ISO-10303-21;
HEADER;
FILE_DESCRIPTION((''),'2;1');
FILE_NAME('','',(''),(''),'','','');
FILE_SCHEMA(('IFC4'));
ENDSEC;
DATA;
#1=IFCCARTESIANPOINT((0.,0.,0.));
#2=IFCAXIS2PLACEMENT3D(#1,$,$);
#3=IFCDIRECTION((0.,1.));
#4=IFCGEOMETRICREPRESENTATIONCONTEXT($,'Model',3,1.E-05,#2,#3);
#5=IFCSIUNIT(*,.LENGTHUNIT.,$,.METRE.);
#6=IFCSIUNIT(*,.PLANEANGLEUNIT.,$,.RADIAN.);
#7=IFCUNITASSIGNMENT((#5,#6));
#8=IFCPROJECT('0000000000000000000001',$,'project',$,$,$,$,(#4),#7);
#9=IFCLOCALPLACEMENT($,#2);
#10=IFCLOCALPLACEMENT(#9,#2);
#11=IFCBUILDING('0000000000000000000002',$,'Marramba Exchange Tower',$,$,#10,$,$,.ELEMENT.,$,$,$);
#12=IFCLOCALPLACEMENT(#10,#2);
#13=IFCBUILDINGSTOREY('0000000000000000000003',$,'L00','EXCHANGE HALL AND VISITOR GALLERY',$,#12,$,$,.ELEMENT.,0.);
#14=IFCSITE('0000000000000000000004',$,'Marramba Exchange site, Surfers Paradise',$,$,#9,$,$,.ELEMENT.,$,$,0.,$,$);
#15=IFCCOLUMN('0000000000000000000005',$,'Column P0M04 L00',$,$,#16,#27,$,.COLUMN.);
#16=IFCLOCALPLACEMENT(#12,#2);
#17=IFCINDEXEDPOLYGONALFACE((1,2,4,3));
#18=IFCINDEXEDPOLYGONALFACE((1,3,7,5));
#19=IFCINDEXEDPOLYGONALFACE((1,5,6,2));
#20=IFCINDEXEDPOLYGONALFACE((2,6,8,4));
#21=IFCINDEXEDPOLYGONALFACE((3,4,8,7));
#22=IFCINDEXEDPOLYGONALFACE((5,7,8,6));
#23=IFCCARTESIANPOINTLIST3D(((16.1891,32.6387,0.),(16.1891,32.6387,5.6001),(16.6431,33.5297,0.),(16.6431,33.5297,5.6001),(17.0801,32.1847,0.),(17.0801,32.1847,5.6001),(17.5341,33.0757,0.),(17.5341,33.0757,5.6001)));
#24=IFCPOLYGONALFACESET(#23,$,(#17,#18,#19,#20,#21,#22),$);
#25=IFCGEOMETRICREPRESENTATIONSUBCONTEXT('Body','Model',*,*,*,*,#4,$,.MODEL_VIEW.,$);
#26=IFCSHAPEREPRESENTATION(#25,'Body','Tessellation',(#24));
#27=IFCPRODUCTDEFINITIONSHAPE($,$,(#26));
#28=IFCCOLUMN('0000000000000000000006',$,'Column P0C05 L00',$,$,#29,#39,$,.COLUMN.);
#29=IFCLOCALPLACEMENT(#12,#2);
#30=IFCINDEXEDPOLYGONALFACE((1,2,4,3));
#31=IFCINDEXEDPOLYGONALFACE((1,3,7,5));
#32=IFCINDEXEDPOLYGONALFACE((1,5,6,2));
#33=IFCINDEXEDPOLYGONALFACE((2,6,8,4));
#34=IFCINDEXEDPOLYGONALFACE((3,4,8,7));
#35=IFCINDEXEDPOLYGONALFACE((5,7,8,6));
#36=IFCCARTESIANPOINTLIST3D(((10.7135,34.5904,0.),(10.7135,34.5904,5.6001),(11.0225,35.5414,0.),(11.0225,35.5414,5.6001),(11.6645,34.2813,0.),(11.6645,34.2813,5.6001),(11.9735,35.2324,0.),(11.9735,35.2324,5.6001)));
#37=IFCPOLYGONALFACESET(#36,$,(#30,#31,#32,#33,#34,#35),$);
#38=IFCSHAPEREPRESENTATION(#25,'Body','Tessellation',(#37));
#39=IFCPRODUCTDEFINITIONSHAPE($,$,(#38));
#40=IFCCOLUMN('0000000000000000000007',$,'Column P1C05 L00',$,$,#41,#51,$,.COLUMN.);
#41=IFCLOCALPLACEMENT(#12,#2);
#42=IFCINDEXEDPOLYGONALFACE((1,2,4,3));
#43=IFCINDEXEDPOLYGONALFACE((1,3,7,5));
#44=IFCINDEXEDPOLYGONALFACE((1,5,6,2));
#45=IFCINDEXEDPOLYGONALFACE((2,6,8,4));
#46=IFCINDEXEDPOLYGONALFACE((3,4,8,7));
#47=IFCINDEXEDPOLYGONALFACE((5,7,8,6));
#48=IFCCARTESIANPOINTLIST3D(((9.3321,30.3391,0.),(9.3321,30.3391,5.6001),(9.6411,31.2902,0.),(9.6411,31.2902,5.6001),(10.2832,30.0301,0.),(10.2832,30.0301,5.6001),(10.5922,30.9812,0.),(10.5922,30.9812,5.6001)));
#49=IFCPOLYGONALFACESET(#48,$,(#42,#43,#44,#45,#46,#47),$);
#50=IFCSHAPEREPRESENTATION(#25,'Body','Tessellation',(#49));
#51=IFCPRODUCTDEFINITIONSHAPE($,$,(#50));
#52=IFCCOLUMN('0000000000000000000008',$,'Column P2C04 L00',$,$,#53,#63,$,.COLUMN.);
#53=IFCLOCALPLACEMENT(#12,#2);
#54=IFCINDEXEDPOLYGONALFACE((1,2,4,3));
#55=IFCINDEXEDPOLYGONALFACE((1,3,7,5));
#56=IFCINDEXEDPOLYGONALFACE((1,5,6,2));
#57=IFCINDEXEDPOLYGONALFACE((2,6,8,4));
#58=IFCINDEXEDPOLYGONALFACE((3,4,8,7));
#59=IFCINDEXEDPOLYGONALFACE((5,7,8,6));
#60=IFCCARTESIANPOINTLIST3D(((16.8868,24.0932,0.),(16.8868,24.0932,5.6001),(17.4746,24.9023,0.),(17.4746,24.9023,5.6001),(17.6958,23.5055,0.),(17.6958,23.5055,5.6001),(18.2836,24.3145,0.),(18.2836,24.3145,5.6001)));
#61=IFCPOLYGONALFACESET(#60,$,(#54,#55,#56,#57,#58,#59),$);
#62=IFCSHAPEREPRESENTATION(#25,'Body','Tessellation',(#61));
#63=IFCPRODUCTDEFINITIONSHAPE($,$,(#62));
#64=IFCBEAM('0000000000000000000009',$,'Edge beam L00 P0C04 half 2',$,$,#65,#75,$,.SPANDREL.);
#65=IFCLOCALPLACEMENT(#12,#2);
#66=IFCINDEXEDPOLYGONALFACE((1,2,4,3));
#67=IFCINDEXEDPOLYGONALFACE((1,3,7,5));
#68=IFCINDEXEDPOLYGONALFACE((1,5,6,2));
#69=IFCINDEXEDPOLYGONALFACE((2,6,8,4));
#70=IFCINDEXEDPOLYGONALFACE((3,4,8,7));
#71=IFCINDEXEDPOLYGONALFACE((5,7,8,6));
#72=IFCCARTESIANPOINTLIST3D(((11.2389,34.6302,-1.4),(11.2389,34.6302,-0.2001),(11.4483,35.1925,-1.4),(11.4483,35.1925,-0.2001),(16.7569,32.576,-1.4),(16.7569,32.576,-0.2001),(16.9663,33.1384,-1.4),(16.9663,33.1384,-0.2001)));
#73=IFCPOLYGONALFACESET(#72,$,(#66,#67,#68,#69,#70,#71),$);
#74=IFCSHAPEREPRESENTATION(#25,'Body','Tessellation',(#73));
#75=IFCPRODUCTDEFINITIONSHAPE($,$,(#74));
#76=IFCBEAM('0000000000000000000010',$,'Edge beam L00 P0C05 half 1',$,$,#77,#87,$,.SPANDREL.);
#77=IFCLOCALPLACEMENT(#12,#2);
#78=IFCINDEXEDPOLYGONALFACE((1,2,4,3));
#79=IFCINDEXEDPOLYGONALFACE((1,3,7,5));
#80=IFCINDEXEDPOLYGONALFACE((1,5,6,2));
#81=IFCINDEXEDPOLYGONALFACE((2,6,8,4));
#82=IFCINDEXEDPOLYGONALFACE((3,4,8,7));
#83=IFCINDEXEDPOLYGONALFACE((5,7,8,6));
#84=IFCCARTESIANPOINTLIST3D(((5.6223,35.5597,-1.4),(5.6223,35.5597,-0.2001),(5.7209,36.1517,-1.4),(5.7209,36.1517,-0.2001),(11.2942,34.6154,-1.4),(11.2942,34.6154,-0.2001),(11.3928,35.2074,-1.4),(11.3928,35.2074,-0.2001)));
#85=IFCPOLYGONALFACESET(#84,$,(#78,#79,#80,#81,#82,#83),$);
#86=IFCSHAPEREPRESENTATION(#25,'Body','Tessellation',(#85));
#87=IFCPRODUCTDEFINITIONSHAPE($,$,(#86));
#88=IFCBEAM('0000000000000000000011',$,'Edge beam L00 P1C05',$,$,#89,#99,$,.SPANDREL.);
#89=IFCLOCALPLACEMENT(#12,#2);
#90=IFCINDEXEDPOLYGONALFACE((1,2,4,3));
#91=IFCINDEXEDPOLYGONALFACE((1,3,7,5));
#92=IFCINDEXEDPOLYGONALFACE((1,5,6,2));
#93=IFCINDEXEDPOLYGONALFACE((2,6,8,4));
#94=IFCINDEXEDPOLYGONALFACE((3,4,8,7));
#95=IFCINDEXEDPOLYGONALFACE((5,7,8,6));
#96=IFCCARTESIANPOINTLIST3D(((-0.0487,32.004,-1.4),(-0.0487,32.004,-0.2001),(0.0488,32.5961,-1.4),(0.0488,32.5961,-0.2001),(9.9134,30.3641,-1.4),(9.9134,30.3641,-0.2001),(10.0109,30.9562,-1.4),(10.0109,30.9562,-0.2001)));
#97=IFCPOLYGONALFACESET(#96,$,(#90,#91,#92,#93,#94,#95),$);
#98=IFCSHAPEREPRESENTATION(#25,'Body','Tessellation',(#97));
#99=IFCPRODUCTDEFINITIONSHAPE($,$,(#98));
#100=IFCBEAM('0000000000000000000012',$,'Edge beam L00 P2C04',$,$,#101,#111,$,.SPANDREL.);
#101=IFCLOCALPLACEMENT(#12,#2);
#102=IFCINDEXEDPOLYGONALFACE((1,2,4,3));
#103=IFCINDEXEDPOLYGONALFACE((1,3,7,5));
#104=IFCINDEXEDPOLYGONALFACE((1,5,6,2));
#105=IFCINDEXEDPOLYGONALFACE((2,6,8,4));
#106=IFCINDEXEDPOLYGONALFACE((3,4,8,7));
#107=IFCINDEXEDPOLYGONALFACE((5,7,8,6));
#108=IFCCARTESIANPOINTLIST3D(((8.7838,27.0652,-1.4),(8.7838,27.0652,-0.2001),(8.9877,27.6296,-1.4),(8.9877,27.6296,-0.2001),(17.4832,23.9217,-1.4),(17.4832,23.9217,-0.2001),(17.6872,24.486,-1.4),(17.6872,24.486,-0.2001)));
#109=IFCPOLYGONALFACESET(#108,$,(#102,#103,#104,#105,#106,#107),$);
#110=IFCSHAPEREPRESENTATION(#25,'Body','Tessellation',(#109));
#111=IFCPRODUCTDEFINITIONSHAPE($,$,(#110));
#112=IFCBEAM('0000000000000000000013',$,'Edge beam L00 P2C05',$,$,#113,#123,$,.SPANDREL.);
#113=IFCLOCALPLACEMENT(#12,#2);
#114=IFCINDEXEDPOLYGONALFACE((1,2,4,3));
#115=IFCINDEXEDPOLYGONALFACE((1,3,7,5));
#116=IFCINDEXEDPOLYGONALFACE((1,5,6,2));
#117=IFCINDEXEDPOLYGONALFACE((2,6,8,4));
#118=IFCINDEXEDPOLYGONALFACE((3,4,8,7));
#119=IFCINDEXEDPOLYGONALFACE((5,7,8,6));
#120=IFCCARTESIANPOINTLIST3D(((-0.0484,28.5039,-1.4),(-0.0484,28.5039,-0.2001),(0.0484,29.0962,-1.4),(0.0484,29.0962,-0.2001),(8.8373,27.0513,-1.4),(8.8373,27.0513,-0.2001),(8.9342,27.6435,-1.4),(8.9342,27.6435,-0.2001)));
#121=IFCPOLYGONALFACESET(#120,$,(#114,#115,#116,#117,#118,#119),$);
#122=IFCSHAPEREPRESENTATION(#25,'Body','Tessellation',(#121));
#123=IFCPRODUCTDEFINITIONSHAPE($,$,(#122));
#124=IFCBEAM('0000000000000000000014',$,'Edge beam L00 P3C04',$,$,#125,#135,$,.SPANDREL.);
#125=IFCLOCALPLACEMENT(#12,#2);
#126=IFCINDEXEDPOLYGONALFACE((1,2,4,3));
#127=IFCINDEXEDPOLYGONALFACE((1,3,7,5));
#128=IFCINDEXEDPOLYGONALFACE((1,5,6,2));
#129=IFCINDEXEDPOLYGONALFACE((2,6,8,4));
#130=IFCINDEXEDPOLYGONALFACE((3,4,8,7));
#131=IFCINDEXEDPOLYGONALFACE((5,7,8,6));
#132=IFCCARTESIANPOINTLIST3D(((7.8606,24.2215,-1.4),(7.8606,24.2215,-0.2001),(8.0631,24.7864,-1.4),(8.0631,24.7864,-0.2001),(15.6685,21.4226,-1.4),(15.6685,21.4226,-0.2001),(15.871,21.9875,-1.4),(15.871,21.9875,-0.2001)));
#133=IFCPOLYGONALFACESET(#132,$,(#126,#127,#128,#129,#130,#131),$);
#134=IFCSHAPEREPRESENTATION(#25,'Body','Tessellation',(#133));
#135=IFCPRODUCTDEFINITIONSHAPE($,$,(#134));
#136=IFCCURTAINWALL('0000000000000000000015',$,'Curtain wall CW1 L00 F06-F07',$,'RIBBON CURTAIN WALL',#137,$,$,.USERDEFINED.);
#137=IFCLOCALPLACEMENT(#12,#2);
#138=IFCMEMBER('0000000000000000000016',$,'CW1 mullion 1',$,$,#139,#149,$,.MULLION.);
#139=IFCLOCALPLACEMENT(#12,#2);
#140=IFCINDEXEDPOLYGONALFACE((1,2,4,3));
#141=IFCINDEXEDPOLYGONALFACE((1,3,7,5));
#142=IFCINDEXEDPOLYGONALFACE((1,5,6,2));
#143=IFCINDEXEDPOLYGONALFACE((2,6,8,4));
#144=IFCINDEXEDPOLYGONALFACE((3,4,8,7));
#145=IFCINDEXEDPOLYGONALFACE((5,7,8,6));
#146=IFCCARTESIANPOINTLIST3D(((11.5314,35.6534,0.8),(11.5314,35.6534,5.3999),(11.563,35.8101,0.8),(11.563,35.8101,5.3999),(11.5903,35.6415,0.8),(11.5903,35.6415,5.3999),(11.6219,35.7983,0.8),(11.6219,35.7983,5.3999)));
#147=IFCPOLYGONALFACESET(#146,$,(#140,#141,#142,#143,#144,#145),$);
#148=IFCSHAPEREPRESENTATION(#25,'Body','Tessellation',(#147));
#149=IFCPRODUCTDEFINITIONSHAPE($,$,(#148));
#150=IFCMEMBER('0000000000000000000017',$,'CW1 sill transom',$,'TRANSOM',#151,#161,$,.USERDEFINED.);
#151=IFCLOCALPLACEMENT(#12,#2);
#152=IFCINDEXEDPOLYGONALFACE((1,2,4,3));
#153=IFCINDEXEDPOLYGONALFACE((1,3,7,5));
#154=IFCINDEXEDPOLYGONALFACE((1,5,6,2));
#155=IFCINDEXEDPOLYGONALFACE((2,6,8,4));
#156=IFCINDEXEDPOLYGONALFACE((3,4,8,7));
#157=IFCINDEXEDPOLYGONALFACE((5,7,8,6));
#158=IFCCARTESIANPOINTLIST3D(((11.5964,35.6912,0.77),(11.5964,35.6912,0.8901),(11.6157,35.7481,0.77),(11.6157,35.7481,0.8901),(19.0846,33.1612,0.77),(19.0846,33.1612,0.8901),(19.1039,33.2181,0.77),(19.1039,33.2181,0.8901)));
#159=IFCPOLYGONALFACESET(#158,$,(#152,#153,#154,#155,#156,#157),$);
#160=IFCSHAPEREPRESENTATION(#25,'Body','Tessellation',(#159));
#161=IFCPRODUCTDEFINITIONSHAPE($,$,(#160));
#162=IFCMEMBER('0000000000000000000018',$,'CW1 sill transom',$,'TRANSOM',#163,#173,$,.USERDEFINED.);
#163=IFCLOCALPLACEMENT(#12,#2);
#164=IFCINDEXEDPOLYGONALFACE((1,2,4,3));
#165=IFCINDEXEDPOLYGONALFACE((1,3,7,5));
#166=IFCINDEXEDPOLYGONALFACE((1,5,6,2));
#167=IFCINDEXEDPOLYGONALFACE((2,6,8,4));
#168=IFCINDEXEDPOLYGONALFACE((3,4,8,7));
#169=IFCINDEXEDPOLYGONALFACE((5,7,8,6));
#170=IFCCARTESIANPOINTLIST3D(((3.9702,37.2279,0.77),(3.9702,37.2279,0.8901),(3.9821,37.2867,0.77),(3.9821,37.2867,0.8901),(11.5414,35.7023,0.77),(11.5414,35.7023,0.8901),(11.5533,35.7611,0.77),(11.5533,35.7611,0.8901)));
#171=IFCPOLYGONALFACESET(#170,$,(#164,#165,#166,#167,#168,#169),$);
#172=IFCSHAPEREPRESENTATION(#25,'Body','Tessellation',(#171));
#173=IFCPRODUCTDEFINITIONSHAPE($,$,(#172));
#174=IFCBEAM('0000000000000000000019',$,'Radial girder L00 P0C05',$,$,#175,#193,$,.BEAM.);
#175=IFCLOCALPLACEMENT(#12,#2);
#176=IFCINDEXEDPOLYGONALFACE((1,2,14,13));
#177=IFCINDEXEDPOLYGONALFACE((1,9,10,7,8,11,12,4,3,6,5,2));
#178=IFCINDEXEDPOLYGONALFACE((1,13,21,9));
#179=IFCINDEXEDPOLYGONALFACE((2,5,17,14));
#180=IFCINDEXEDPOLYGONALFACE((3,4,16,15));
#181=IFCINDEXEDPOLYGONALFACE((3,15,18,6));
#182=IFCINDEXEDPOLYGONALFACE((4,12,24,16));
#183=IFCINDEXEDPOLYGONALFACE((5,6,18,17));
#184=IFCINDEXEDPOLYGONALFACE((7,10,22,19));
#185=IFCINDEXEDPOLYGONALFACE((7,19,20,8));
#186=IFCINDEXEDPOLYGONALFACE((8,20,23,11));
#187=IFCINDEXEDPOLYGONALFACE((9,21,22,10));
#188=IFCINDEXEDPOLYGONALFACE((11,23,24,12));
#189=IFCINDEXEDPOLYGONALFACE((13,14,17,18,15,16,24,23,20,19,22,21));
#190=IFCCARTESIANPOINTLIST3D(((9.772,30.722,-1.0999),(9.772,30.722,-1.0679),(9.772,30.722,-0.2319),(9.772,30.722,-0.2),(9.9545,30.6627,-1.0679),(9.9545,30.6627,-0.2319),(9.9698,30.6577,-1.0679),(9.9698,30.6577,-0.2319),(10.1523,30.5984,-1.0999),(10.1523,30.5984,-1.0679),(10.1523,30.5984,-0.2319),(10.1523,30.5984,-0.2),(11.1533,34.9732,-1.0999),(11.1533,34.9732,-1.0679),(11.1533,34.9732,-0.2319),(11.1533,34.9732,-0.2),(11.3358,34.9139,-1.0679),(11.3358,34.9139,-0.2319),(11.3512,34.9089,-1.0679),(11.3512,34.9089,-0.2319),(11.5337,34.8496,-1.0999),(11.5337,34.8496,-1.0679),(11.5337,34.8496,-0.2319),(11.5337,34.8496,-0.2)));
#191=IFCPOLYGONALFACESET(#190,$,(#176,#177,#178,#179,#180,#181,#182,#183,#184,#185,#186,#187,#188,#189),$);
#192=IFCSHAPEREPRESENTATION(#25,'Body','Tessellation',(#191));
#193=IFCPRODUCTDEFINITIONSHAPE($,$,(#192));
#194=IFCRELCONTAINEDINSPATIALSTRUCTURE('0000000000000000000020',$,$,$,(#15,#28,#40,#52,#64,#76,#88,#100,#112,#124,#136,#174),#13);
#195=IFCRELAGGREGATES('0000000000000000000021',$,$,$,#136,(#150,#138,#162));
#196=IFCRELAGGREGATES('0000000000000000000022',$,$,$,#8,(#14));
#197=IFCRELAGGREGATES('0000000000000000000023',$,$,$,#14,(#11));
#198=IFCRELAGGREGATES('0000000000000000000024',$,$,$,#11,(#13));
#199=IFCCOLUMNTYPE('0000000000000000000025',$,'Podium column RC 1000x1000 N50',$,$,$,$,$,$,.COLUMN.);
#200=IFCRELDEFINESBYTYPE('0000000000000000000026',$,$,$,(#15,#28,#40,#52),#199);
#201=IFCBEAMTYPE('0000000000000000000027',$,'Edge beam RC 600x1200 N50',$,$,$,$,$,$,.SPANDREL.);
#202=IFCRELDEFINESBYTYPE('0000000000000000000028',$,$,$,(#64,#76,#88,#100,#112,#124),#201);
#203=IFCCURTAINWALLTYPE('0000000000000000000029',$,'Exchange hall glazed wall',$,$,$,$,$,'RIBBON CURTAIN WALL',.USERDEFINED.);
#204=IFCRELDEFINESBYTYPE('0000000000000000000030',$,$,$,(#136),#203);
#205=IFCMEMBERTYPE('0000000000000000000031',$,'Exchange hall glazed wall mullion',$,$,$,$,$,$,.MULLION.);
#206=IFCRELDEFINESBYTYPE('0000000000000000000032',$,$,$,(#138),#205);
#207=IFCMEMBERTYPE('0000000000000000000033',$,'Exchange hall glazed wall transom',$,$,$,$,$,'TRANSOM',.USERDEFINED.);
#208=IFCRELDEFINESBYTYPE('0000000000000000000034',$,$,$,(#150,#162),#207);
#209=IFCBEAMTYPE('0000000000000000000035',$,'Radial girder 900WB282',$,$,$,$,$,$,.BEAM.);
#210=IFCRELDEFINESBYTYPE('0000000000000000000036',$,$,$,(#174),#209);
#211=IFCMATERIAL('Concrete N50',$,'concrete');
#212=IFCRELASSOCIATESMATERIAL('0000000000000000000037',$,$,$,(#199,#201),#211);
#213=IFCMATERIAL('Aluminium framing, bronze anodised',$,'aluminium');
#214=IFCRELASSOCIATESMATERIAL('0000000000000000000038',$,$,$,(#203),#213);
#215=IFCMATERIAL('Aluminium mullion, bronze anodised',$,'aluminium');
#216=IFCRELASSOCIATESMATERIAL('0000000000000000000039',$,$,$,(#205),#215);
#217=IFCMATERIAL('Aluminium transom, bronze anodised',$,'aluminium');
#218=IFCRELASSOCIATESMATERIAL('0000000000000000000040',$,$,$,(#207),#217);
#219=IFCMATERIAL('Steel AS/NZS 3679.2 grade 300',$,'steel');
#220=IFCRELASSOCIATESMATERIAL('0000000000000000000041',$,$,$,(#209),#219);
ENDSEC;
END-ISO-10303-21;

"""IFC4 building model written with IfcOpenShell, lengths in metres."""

from ifc_helpers import new_model, si_unit, direction, frame, origin, origin_2d, place, context, subcontext, project, spatial, rectangle, i_section, extrude, material, material_profile, profile_set, type_object, element, aggregate, save


model = new_model("IFC4")

# Units and contexts
model_context = context("Model", 3, precision=1e-05, world=origin(), true_north=direction((0.0, 1.0)))
body_context = subcontext(model_context, "Body", "Model", "MODEL_VIEW")
ifc_project = project(units=[si_unit("LENGTHUNIT", "METRE"), si_unit("PLANEANGLEUNIT", "RADIAN")], contexts=[model_context])

# Site, building, storey
site_placement = place(None, origin())
site = spatial("IfcSite", under=ifc_project, at=site_placement, Name="Marramba Exchange site, Surfers Paradise", CompositionType="ELEMENT", RefElevation=0.0)
building_placement = place(site_placement, origin())
building = spatial("IfcBuilding", under=site, at=building_placement, Name="Marramba Exchange Tower", CompositionType="ELEMENT")
storey_placement = place(building_placement, origin())
storey = spatial("IfcBuildingStorey", under=building, at=storey_placement, Name="L00", Description="EXCHANGE HALL AND VISITOR GALLERY", CompositionType="ELEMENT", Elevation=0.0)

# Columns
ifc_material_1 = material(Name="Concrete N50", Category="concrete")
ifc_material_profile_1 = material_profile(ifc_material_1, rectangle(XDim=1.0, YDim=1.0, at=origin_2d()), Name="RC 1000x1000")
ifc_profile_set_1 = profile_set([ifc_material_profile_1], Name="Concrete N50")
column_type = type_object("IfcColumnType", Name="Podium column RC 1000x1000 N50", PredefinedType="COLUMN", material=ifc_profile_set_1)
for number, where, z_axis, x_axis, name in (
    (1, (16.8616, 32.8572, 0.0), (0.0, 0.0, 1.0), (0.45399, 0.891007, 0.0), "Column P0M04 L00"),
    (2, (11.3435, 34.9114, 0.0), (0.0, 0.0, 1.0), (0.309017, 0.951057, 0.0), "Column P0C05 L00"),
    (3, (9.9622, 30.6602, 0.0), (0.0, 0.0, 1.0), (0.309017, 0.951057, 0.0), "Column P1C05 L00"),
    (4, (17.5852, 24.2039, 0.0), (0.0, 0.0, 1.0), (0.587785, 0.809017, 0.0), "Column P2C04 L00"),
):
    element("IfcColumn", number, at=place(storey_placement, frame(where, z_axis=z_axis, x_axis=x_axis)), inside=storey, type_object=column_type, Name=name, PredefinedType="COLUMN", context=body_context, shape_type="SweptSolid", body=[
        extrude(rectangle(XDim=1.0, YDim=1.0, at=origin_2d()), origin(), (0.0, 0.0, 1.0), 5.6001),
    ])

# Beams
ifc_material_profile_2 = material_profile(ifc_material_1, rectangle(XDim=0.6001, YDim=1.2, at=origin_2d()), Name="RC 600x1200")
ifc_profile_set_2 = profile_set([ifc_material_profile_2], Name="Concrete N50")
beam_type_1 = type_object("IfcBeamType", Name="Edge beam RC 600x1200 N50", PredefinedType="SPANDREL", material=ifc_profile_set_2)
beam_1_placement = place(storey_placement, frame((16.8616, 32.8572, -0.8), z_axis=(-0.937168, 0.348878, 0.0), x_axis=(-0.348878, -0.937168, 0.0)))
element("IfcBeam", 5, at=beam_1_placement, inside=storey, type_object=beam_type_1, Name="Edge beam L00 P0C04 half 2", PredefinedType="SPANDREL", context=body_context, shape_type="SweptSolid", body=[
    extrude(rectangle(XDim=0.6001, YDim=1.2, at=origin_2d()), origin(), (0.0, 0.0, 1.0), 5.8879),
])
beam_2_placement = place(storey_placement, frame((11.3435, 34.9114, -0.8), z_axis=(-0.986421, 0.164234, 0.0), x_axis=(-0.164234, -0.986421, 0.0)))
element("IfcBeam", 6, at=beam_2_placement, inside=storey, type_object=beam_type_1, Name="Edge beam L00 P0C05 half 1", PredefinedType="SPANDREL", context=body_context, shape_type="SweptSolid", body=[
    extrude(rectangle(XDim=0.6001, YDim=1.2, at=origin_2d()), origin(), (0.0, 0.0, 1.0), 5.75),
])
beam_3_placement = place(storey_placement, frame((9.9622, 30.6602, -0.8), z_axis=(-0.986721, 0.162426, 0.0), x_axis=(-0.162426, -0.986721, 0.0)))
element("IfcBeam", 7, at=beam_3_placement, inside=storey, type_object=beam_type_1, Name="Edge beam L00 P1C05", PredefinedType="SPANDREL", context=body_context, shape_type="SweptSolid", body=[
    extrude(rectangle(XDim=0.6001, YDim=1.2, at=origin_2d()), origin(), (0.0, 0.0, 1.0), 10.0962),
])
beam_4_placement = place(storey_placement, frame((17.5852, 24.2039, -0.8), z_axis=(-0.940482, 0.339844, 0.0), x_axis=(-0.339844, -0.940482, 0.0)))
element("IfcBeam", 8, at=beam_4_placement, inside=storey, type_object=beam_type_1, Name="Edge beam L00 P2C04", PredefinedType="SPANDREL", context=body_context, shape_type="SweptSolid", body=[
    extrude(rectangle(XDim=0.6001, YDim=1.2, at=origin_2d()), origin(), (0.0, 0.0, 1.0), 9.25),
])
beam_5_placement = place(storey_placement, frame((8.8857, 27.3474, -0.8), z_axis=(-0.986899, 0.161338, 0.0), x_axis=(-0.161338, -0.986899, 0.0)))
element("IfcBeam", 9, at=beam_5_placement, inside=storey, type_object=beam_type_1, Name="Edge beam L00 P2C05", PredefinedType="SPANDREL", context=body_context, shape_type="SweptSolid", body=[
    extrude(rectangle(XDim=0.6001, YDim=1.2, at=origin_2d()), origin(), (0.0, 0.0, 1.0), 9.0037),
])
beam_6_placement = place(storey_placement, frame((15.7698, 21.7051, -0.8), z_axis=(-0.941348, 0.337438, 0.0), x_axis=(-0.337438, -0.941348, 0.0)))
element("IfcBeam", 10, at=beam_6_placement, inside=storey, type_object=beam_type_1, Name="Edge beam L00 P3C04", PredefinedType="SPANDREL", context=body_context, shape_type="SweptSolid", body=[
    extrude(rectangle(XDim=0.6001, YDim=1.2, at=origin_2d()), origin(), (0.0, 0.0, 1.0), 8.2944),
])

# Curtain wall, members
ifc_material_2 = material(Name="Aluminium framing, bronze anodised", Category="aluminium")
curtain_wall_type = type_object("IfcCurtainWallType", Name="Exchange hall glazed wall", ElementType="RIBBON CURTAIN WALL", PredefinedType="USERDEFINED", material=ifc_material_2)
curtain_wall_placement = place(storey_placement, origin())
curtain_wall = element("IfcCurtainWall", 11, at=curtain_wall_placement, inside=storey, type_object=curtain_wall_type, Name="Curtain wall CW1 L00 F06-F07", ObjectType="RIBBON CURTAIN WALL", PredefinedType="USERDEFINED")
ifc_material_3 = material(Name="Aluminium mullion, bronze anodised", Category="aluminium")
ifc_material_profile_3 = material_profile(ifc_material_3, rectangle(XDim=0.1599, YDim=0.0601, at=origin_2d()), Name="CW1 mullion 60x160")
ifc_profile_set_3 = profile_set([ifc_material_profile_3], Name="Aluminium mullion, bronze anodised")
member_type_1 = type_object("IfcMemberType", Name="Exchange hall glazed wall mullion", PredefinedType="MULLION", material=ifc_profile_set_3)
member_1_placement = place(storey_placement, frame((11.5767, 35.7258, 0.8), z_axis=(0.0, 0.0, 1.0), x_axis=(-0.197535, -0.980296, 0.0)))
member_1 = element("IfcMember", 12, at=member_1_placement, type_object=member_type_1, Name="CW1 mullion 1", PredefinedType="MULLION", context=body_context, shape_type="SweptSolid", body=[
    extrude(rectangle(XDim=0.1599, YDim=0.0601, at=origin_2d()), origin(), (0.0, 0.0, 1.0), 4.5999),
])
ifc_material_4 = material(Name="Aluminium transom, bronze anodised", Category="aluminium")
ifc_material_profile_4 = material_profile(ifc_material_4, rectangle(XDim=0.0601, YDim=0.1201, at=origin_2d()), Name="CW1 transom 60x120")
ifc_profile_set_4 = profile_set([ifc_material_profile_4], Name="Aluminium transom, bronze anodised")
member_type_2 = type_object("IfcMemberType", Name="Exchange hall glazed wall transom", ElementType="TRANSOM", PredefinedType="USERDEFINED", material=ifc_profile_set_4)
member_2_placement = place(storey_placement, frame((19.0942, 33.1897, 0.8301), z_axis=(-0.947387, 0.320089, 0.0), x_axis=(-0.320089, -0.947387, 0.0)))
member_2 = element("IfcMember", 13, at=member_2_placement, type_object=member_type_2, Name="CW1 sill transom", ObjectType="TRANSOM", PredefinedType="USERDEFINED", context=body_context, shape_type="SweptSolid", body=[
    extrude(rectangle(XDim=0.0601, YDim=0.1201, at=origin_2d()), origin(), (0.0, 0.0, 1.0), 7.9041),
])
member_3_placement = place(storey_placement, frame((11.5474, 35.7317, 0.8301), z_axis=(-0.980296, 0.197532, 0.0), x_axis=(-0.197532, -0.980296, 0.0)))
member_3 = element("IfcMember", 14, at=member_3_placement, type_object=member_type_2, Name="CW1 sill transom", ObjectType="TRANSOM", PredefinedType="USERDEFINED", context=body_context, shape_type="SweptSolid", body=[
    extrude(rectangle(XDim=0.0601, YDim=0.1201, at=origin_2d()), origin(), (0.0, 0.0, 1.0), 7.7234),
])

# Beam
ifc_material_5 = material(Name="Steel AS/NZS 3679.2 grade 300", Category="steel")
ifc_material_profile_5 = material_profile(ifc_material_5, i_section(OverallWidth=0.3999, OverallDepth=0.8999, WebThickness=0.0161, FlangeThickness=0.032, at=origin_2d()), Name="900WB282")
ifc_profile_set_5 = profile_set([ifc_material_profile_5], Name="Steel AS/NZS 3679.2 grade 300")
beam_type_2 = type_object("IfcBeamType", Name="Radial girder 900WB282", PredefinedType="BEAM", material=ifc_profile_set_5)
beam_7_placement = place(storey_placement, frame((11.3435, 34.9114, -0.6499), z_axis=(-0.309026, -0.951054, 0.0), x_axis=(0.951054, -0.309026, 0.0)))
element("IfcBeam", 15, at=beam_7_placement, inside=storey, type_object=beam_type_2, Name="Radial girder L00 P0C05", PredefinedType="BEAM", context=body_context, shape_type="SweptSolid", body=[
    extrude(i_section(OverallWidth=0.3999, OverallDepth=0.8999, WebThickness=0.0161, FlangeThickness=0.032, at=origin_2d()), origin(), (0.0, 0.0, 1.0), 4.47),
])

aggregate(curtain_wall, [member_2, member_1, member_3])

save(model, "model.ifc")
